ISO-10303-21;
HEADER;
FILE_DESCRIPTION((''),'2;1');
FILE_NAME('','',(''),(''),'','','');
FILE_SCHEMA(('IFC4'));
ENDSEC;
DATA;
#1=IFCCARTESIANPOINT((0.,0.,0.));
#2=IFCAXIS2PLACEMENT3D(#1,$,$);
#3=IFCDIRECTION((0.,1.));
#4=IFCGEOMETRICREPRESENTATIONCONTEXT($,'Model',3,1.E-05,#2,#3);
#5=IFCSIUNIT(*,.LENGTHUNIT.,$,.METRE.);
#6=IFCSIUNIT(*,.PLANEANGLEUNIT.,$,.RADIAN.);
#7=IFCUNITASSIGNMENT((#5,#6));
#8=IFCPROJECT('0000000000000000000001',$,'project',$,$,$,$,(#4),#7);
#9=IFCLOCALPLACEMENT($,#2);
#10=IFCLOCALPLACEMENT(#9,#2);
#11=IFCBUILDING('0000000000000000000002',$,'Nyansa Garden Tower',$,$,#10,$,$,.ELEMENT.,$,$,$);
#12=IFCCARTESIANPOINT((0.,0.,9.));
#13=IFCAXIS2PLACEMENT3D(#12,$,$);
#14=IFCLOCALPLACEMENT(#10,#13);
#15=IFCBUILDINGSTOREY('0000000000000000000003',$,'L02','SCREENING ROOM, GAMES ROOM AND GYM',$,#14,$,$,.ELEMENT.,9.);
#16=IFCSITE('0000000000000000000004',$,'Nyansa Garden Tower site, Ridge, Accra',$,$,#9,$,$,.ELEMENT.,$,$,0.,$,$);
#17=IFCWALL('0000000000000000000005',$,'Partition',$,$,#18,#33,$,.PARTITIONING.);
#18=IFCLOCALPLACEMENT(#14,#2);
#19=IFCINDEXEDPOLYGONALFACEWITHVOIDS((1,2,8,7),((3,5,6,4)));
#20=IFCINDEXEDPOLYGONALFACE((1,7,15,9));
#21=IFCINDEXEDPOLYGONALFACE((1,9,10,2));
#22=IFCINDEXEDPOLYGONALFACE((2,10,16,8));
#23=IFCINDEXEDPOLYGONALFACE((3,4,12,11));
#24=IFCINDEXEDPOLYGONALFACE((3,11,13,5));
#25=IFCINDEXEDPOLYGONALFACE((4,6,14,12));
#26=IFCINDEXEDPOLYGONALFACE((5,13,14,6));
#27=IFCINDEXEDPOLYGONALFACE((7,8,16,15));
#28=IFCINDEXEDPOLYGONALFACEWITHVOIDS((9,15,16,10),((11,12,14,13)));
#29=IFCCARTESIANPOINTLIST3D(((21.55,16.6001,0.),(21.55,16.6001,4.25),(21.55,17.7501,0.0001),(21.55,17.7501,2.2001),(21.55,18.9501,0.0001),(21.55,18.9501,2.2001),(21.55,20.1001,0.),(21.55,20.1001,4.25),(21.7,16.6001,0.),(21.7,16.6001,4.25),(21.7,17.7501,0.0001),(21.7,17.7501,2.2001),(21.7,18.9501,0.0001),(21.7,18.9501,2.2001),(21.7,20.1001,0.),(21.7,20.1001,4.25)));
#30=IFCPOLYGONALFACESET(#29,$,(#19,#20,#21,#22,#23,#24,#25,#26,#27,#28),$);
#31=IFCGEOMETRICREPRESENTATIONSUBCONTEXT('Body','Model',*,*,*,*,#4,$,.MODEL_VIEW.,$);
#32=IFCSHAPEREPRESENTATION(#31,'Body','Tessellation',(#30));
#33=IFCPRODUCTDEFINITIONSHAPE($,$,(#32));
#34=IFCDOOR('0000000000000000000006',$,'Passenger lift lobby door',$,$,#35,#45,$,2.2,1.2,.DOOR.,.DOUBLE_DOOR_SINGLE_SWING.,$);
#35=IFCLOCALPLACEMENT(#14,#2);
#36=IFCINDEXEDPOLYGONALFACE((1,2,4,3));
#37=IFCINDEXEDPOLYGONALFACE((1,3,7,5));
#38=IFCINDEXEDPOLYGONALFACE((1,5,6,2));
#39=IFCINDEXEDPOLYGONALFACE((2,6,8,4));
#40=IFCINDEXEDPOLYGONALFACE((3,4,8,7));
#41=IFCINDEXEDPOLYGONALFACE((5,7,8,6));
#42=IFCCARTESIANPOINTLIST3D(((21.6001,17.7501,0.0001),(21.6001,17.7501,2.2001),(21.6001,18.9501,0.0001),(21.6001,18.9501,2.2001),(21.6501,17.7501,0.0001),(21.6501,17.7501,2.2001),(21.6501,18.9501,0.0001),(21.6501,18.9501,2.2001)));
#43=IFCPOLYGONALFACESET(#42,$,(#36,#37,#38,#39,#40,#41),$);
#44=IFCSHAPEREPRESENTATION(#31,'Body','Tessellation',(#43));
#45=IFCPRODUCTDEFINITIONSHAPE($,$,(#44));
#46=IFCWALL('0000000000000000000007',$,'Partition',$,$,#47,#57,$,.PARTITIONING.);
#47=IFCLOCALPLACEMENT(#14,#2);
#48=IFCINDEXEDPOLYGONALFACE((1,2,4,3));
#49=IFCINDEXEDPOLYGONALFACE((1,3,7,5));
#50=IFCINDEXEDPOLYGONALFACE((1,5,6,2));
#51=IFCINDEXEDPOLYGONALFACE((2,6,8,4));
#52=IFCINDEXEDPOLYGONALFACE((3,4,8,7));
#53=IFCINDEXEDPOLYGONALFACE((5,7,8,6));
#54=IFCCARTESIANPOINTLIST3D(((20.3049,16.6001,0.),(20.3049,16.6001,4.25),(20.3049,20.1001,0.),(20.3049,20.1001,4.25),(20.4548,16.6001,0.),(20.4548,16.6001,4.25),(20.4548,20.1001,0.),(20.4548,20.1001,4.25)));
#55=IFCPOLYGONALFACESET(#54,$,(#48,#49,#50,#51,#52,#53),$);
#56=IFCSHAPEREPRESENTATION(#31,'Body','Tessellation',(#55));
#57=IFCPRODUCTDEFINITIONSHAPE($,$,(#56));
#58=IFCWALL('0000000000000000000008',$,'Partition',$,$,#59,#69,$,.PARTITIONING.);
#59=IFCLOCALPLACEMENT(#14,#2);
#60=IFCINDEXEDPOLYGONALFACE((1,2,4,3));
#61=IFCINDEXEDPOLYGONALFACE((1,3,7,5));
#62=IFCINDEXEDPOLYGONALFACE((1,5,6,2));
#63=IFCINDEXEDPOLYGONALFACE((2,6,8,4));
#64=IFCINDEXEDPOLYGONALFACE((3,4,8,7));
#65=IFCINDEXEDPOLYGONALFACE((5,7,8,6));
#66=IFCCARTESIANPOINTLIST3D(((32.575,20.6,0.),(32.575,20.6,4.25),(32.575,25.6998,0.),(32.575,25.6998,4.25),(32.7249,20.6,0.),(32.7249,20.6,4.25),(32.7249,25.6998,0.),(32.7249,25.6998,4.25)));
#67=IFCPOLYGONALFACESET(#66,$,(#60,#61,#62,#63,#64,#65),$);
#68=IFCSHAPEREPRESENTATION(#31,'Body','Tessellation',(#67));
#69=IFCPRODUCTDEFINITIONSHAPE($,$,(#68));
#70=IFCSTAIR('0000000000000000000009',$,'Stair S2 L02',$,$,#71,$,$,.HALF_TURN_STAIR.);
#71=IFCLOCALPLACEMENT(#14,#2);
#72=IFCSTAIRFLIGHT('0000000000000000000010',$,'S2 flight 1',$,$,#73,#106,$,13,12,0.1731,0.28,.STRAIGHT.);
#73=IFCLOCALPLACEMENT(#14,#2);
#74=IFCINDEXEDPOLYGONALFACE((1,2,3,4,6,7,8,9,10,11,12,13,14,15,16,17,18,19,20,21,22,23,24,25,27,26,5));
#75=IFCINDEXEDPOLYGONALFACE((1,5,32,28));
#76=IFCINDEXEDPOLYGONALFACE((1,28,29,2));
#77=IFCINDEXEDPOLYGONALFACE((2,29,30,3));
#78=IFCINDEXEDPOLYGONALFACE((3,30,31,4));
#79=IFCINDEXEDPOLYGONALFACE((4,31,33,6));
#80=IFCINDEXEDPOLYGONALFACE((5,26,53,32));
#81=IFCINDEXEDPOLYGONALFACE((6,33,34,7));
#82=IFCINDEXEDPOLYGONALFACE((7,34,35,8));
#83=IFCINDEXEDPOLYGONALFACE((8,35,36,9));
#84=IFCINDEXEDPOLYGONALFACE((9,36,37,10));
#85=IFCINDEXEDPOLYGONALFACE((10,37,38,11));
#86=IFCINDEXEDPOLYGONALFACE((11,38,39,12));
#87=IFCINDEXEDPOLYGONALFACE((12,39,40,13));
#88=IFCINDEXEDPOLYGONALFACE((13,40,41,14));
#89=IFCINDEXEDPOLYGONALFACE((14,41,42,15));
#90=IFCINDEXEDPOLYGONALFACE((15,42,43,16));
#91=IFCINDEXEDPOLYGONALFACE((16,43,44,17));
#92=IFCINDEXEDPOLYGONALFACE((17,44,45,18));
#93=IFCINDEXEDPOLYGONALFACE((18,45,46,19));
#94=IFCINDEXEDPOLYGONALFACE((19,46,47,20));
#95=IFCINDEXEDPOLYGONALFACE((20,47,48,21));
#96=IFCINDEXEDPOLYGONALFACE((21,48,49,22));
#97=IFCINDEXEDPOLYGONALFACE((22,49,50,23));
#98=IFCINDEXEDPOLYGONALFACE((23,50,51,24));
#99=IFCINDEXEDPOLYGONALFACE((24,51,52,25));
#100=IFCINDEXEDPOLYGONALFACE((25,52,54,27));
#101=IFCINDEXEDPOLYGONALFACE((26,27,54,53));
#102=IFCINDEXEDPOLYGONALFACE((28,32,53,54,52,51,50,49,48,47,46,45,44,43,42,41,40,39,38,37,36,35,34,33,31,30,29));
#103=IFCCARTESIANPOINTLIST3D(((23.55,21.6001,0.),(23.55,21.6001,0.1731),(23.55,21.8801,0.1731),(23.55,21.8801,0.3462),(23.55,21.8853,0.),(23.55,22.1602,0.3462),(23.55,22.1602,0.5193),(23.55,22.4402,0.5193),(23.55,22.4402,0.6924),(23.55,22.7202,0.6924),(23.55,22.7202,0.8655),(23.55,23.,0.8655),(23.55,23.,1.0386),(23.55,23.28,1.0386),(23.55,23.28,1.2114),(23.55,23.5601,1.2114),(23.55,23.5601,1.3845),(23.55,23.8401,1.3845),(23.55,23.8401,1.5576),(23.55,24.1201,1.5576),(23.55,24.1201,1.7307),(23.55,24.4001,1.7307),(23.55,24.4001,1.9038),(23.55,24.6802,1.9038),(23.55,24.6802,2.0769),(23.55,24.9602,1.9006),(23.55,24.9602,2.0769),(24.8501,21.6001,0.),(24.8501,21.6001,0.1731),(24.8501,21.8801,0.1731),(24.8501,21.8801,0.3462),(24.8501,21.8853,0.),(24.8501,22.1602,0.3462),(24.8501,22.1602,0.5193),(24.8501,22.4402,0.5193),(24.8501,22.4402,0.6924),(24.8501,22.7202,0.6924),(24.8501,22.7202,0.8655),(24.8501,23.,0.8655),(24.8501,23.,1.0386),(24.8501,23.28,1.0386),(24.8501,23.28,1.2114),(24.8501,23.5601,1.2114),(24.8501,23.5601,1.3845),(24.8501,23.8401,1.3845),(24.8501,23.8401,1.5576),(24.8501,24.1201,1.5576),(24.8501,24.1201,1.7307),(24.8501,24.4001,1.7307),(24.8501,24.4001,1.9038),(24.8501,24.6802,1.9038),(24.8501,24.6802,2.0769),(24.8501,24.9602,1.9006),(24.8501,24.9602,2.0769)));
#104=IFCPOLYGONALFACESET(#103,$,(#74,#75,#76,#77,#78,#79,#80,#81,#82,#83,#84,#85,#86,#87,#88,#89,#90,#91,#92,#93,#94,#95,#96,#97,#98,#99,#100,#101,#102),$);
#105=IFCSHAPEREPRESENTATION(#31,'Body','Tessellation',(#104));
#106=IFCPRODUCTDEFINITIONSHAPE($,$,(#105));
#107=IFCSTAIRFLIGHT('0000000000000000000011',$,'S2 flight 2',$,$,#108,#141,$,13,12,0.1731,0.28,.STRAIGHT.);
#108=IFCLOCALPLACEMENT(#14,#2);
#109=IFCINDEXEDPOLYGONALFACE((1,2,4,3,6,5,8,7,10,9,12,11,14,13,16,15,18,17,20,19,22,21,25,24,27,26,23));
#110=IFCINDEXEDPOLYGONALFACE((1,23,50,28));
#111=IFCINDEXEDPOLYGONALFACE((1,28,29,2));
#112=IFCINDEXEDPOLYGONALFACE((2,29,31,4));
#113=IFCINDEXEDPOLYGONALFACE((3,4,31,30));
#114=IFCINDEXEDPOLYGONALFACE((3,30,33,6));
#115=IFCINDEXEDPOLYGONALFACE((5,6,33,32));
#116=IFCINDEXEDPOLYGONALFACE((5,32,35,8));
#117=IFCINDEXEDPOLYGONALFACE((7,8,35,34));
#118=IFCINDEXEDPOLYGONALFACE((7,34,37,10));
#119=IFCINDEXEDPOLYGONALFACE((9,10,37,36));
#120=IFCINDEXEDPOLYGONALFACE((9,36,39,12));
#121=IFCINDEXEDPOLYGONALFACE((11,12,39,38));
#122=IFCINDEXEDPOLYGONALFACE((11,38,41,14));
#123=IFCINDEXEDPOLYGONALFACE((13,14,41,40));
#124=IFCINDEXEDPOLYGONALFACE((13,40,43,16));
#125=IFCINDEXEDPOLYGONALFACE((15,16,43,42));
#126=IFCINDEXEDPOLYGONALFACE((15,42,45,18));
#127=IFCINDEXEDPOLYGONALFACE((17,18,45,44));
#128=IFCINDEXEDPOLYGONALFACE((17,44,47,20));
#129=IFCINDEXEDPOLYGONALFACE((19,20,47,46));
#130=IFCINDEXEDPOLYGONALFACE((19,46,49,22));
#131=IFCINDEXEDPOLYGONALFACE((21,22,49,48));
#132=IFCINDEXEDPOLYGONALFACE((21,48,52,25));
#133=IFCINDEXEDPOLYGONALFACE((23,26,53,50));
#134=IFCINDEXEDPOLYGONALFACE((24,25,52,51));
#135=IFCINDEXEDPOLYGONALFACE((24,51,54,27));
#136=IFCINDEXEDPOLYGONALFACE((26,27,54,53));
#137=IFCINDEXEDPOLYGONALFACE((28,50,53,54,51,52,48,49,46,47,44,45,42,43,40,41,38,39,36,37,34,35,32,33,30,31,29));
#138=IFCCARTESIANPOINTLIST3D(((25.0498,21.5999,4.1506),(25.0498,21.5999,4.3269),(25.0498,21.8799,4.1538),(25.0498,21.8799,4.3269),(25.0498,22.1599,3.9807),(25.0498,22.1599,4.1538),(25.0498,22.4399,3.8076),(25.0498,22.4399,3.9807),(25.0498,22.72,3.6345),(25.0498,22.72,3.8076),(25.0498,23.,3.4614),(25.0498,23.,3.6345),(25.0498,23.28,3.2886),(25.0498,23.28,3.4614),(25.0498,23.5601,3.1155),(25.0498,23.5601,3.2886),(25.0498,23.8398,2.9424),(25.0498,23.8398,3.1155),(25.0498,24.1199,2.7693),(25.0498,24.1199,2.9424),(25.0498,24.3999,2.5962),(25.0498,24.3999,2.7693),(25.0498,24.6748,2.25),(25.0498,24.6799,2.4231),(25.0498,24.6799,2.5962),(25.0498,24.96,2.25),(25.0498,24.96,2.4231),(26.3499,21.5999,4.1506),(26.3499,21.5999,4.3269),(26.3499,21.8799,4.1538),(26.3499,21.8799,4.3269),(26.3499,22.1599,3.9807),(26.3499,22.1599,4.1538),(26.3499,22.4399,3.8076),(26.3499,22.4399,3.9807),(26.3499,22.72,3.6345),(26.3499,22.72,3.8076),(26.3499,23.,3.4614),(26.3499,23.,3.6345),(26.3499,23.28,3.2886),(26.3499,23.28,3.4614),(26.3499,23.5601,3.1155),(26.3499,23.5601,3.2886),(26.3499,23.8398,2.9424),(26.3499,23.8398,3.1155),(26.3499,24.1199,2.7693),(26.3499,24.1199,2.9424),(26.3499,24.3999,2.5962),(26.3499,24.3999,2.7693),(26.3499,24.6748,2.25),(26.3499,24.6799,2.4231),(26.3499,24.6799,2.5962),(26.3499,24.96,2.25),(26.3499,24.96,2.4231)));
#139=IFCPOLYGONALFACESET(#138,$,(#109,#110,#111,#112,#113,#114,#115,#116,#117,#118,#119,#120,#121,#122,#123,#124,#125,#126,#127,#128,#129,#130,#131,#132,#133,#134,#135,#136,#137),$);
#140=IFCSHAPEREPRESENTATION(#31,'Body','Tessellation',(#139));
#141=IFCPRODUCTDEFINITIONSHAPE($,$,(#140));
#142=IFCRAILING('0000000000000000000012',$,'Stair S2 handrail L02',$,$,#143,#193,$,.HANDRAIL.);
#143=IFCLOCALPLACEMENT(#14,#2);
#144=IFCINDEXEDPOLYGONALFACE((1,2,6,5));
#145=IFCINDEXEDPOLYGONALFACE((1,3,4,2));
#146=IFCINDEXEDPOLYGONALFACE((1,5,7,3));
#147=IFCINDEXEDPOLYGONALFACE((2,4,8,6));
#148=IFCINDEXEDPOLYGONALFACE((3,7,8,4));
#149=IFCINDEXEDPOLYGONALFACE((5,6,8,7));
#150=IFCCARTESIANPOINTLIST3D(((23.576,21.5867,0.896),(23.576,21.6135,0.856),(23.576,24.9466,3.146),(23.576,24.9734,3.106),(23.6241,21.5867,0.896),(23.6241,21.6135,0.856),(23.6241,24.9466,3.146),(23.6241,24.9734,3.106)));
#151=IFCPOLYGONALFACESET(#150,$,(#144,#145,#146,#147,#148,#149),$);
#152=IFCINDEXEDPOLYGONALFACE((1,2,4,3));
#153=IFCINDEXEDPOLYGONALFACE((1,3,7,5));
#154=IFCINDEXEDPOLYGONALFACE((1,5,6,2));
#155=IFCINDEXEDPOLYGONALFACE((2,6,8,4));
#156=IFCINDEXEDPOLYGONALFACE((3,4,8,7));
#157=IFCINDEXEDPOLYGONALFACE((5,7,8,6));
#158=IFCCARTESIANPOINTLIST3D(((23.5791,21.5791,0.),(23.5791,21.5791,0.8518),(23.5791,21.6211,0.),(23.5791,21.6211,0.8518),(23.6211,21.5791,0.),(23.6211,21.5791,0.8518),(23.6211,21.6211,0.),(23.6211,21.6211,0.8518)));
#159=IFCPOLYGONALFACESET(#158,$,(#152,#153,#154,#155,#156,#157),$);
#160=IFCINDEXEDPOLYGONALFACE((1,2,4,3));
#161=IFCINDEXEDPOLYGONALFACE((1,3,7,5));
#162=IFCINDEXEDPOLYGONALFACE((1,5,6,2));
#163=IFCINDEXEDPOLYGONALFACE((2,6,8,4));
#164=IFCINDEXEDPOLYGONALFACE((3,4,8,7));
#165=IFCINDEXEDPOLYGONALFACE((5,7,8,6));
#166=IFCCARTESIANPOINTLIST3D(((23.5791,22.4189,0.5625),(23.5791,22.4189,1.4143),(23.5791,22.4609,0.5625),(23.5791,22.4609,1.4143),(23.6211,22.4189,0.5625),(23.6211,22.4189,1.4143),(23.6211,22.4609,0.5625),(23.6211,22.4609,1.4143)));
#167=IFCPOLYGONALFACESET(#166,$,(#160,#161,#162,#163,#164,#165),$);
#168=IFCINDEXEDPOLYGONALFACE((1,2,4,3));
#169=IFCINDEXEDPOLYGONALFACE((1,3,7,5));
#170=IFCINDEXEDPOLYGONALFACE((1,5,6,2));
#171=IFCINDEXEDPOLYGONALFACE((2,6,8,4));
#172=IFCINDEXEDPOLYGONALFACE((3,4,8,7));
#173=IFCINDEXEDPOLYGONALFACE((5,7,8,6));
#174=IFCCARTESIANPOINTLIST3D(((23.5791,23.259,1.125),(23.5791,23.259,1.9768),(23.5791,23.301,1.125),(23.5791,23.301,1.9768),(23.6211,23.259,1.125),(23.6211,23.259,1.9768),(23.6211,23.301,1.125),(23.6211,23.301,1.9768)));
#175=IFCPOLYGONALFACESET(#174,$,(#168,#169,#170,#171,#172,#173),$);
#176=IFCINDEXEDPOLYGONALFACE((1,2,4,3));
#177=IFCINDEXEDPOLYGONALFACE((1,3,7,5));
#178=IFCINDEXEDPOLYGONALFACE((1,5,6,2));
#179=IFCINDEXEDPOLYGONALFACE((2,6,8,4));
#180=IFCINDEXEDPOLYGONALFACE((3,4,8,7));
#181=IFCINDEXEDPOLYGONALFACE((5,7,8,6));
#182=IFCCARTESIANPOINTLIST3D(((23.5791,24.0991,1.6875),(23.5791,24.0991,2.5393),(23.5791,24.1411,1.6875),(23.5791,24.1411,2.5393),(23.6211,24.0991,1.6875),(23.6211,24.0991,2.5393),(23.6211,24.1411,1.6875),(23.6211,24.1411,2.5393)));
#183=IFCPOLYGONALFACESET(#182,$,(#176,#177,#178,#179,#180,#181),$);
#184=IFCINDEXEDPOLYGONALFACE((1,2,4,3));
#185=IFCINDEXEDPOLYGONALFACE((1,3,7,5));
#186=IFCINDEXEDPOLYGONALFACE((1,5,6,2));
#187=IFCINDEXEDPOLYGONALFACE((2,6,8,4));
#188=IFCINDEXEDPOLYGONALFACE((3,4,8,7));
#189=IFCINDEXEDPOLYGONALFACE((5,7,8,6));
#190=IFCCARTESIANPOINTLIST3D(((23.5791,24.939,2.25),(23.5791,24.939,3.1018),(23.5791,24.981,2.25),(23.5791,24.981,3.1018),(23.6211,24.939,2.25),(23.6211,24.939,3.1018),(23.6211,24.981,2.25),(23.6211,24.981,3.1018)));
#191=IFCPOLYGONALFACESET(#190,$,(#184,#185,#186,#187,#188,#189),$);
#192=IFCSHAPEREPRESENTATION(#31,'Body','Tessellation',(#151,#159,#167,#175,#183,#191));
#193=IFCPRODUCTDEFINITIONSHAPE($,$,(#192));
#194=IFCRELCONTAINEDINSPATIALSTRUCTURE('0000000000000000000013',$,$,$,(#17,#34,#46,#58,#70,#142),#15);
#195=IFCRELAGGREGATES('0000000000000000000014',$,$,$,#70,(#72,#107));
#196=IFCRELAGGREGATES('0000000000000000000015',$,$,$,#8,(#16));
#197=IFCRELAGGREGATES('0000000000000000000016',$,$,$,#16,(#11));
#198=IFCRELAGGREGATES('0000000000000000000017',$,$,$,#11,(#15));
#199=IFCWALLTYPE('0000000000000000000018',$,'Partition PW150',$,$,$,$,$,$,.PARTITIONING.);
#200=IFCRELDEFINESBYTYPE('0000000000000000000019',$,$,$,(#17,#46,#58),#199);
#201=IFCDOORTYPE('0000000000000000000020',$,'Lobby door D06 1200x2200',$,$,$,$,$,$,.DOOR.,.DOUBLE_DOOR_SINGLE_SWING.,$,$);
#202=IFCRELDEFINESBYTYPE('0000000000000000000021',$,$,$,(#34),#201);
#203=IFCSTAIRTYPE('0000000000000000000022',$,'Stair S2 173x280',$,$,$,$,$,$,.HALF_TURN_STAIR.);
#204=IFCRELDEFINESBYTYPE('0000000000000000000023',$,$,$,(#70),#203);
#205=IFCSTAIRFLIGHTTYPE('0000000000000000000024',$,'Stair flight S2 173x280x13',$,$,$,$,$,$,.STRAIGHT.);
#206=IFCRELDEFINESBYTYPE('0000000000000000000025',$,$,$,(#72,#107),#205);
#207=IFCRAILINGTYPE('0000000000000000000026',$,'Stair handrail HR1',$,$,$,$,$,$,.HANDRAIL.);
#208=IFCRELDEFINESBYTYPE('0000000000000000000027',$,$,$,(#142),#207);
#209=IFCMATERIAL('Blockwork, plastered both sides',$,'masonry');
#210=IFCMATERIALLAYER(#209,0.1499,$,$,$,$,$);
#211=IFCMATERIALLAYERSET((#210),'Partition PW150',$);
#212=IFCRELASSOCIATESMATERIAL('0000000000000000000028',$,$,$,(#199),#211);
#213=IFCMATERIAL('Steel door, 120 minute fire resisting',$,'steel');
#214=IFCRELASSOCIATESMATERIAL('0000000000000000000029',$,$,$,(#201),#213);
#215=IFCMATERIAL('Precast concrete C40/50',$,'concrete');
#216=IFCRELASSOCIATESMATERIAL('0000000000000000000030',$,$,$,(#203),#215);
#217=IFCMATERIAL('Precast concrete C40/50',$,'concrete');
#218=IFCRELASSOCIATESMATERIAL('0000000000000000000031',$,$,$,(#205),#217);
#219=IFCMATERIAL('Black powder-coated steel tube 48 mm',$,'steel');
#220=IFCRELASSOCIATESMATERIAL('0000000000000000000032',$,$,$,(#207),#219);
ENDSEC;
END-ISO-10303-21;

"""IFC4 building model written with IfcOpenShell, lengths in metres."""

from ifc_helpers import new_model, si_unit, direction, frame, frame_2d, origin, origin_2d, place, context, subcontext, project, spatial, polyline, rectangle, outline, extrude, material, layer, layer_set, type_object, element, fill, aggregate, save


model = new_model("IFC4")

# Units and contexts
model_context = context("Model", 3, precision=1e-05, world=origin(), true_north=direction((0.0, 1.0)))
body_context = subcontext(model_context, "Body", "Model", "MODEL_VIEW")
ifc_project = project(units=[si_unit("LENGTHUNIT", "METRE"), si_unit("PLANEANGLEUNIT", "RADIAN")], contexts=[model_context])

# Site, building, storey
site_placement = place(None, origin())
site = spatial("IfcSite", under=ifc_project, at=site_placement, Name="Nyansa Garden Tower site, Ridge, Accra", CompositionType="ELEMENT", RefElevation=0.0)
building_placement = place(site_placement, origin())
building = spatial("IfcBuilding", under=site, at=building_placement, Name="Nyansa Garden Tower", CompositionType="ELEMENT")
storey_placement = place(building_placement, frame((0.0, 0.0, 9.0)))
storey = spatial("IfcBuildingStorey", under=building, at=storey_placement, Name="L02", Description="SCREENING ROOM, GAMES ROOM AND GYM", CompositionType="ELEMENT", Elevation=9.0)

# Wall, opening, door
ifc_material_1 = material(Name="Blockwork, plastered both sides", Category="masonry")
ifc_layer_1 = layer(ifc_material_1, 0.1499)
ifc_layer_set_1 = layer_set([ifc_layer_1], Name="Partition PW150")
wall_type_1 = type_object("IfcWallType", Name="Partition PW150", PredefinedType="PARTITIONING", material=ifc_layer_set_1)
wall_1_placement = place(storey_placement, frame((21.625, 16.6001, 0.0), z_axis=(0.0, 0.0, 1.0), x_axis=(0.0, 1.0, 0.0)))
wall_1 = element("IfcWall", 1, at=wall_1_placement, inside=storey, type_object=wall_type_1, Name="Partition", PredefinedType="PARTITIONING", context=body_context, shape_type="SweptSolid", body=[
    extrude(rectangle(XDim=3.5, YDim=0.1499, at=frame_2d((1.75, 0.0))), origin(), (0.0, 0.0, 1.0), 4.25),
])
opening_1_placement = place(wall_1_placement, frame((1.1499, 0.0, 0.0)))
opening_1 = element("IfcOpeningElement", 2, at=opening_1_placement, cuts=wall_1, PredefinedType="OPENING", context=body_context, shape_type="SweptSolid", body=[
    extrude(rectangle(XDim=1.2, YDim=2.2, at=frame_2d((0.6001, 1.1001))), frame((0.0, 0.085, 0.0), z_axis=(0.0, -1.0, 0.0), x_axis=(1.0, 0.0, 0.0)), (0.0, 0.0, 1.0), 0.1699),
])
ifc_material_2 = material(Name="Steel door, 120 minute fire resisting", Category="steel")
door_type_1 = type_object("IfcDoorType", Name="Lobby door D06 1200x2200", OperationType="DOUBLE_DOOR_SINGLE_SWING", PredefinedType="DOOR", material=ifc_material_2)
door_1_placement = place(opening_1_placement, origin())
door_1 = element("IfcDoor", 3, at=door_1_placement, inside=storey, type_object=door_type_1, Name="Passenger lift lobby door", OperationType="DOUBLE_DOOR_SINGLE_SWING", OverallHeight=2.2, OverallWidth=1.2, PredefinedType="DOOR", context=body_context, shape_type="SweptSolid", body=[
    extrude(rectangle(XDim=1.2, YDim=2.2, at=frame_2d((0.6001, 1.1001))), frame((0.0, 0.0249, 0.0), z_axis=(0.0, -1.0, 0.0), x_axis=(1.0, 0.0, 0.0)), (0.0, 0.0, 1.0), 0.05),
])
fill(opening_1, door_1)

# Walls
wall_2_placement = place(storey_placement, frame((20.3799, 16.6001, 0.0), z_axis=(0.0, 0.0, 1.0), x_axis=(0.0, 1.0, 0.0)))
element("IfcWall", 4, at=wall_2_placement, inside=storey, type_object=wall_type_1, Name="Partition", PredefinedType="PARTITIONING", context=body_context, shape_type="SweptSolid", body=[
    extrude(rectangle(XDim=3.5, YDim=0.1499, at=frame_2d((1.75, 0.0))), origin(), (0.0, 0.0, 1.0), 4.25),
])
wall_3_placement = place(storey_placement, frame((32.6499, 20.6001, 0.0), z_axis=(0.0, 0.0, 1.0), x_axis=(0.0, 1.0, 0.0)))
element("IfcWall", 5, at=wall_3_placement, inside=storey, type_object=wall_type_1, Name="Partition", PredefinedType="PARTITIONING", context=body_context, shape_type="SweptSolid", body=[
    extrude(rectangle(XDim=5.0999, YDim=0.1499, at=frame_2d((2.5498, 0.0))), origin(), (0.0, 0.0, 1.0), 4.25),
])

# Stair, stair flights
ifc_material_3 = material(Name="Precast concrete C40/50", Category="concrete")
stair_type = type_object("IfcStairType", Name="Stair S2 173x280", PredefinedType="HALF_TURN_STAIR", material=ifc_material_3)
stair_placement = place(storey_placement, origin())
stair = element("IfcStair", 6, at=stair_placement, inside=storey, type_object=stair_type, Name="Stair S2 L02", PredefinedType="HALF_TURN_STAIR")
ifc_material_4 = material(Name="Precast concrete C40/50", Category="concrete")
stair_flight_type = type_object("IfcStairFlightType", Name="Stair flight S2 173x280x13", PredefinedType="STRAIGHT", material=ifc_material_4)
stair_flight_1_placement = place(storey_placement, frame((24.2, 21.6001, 0.0), z_axis=(0.0, 0.0, 1.0), x_axis=(0.0, 1.0, 0.0)))
stair_flight_1 = element("IfcStairFlight", 7, at=stair_flight_1_placement, type_object=stair_flight_type, Name="S2 flight 1", NumberOfRisers=13, NumberOfTreads=12, PredefinedType="STRAIGHT", RiserHeight=0.1731, TreadLength=0.28, context=body_context, shape_type="SweptSolid", body=[
    extrude(outline(polyline([(0.0, 0.0), (0.0, 0.1731), (0.28, 0.1731), (0.28, 0.3462), (0.5601, 0.3462), (0.5601, 0.5193), (0.8401, 0.5193), (0.8401, 0.6924), (1.1201, 0.6924), (1.1201, 0.8655), (1.3999, 0.8655), (1.3999, 1.0386), (1.6799, 1.0386), (1.6799, 1.2114), (1.96, 1.2114), (1.96, 1.3845), (2.24, 1.3845), (2.24, 1.5576), (2.52, 1.5576), (2.52, 1.7307), (2.8, 1.7307), (2.8, 1.9038), (3.0801, 1.9038), (3.0801, 2.0769), (3.3601, 2.0769), (3.3601, 2.25), (3.3601, 1.9006), (0.2852, 0.0), (0.0, 0.0)])), frame((0.0, 0.6499, 0.0), z_axis=(0.0, -1.0, 0.0), x_axis=(1.0, 0.0, 0.0)), (0.0, 0.0, 1.0), 1.3),
])
stair_flight_2_placement = place(storey_placement, frame((25.7, 24.96, 2.25), z_axis=(0.0, 0.0, 1.0), x_axis=(0.0, -1.0, 0.0)))
stair_flight_2 = element("IfcStairFlight", 8, at=stair_flight_2_placement, type_object=stair_flight_type, Name="S2 flight 2", NumberOfRisers=13, NumberOfTreads=12, PredefinedType="STRAIGHT", RiserHeight=0.1731, TreadLength=0.28, context=body_context, shape_type="SweptSolid", body=[
    extrude(outline(polyline([(0.0, 0.0), (0.0, 0.1731), (0.28, 0.1731), (0.28, 0.3462), (0.5601, 0.3462), (0.5601, 0.5193), (0.8401, 0.5193), (0.8401, 0.6924), (1.1201, 0.6924), (1.1201, 0.8655), (1.3999, 0.8655), (1.3999, 1.0386), (1.6799, 1.0386), (1.6799, 1.2114), (1.96, 1.2114), (1.96, 1.3845), (2.24, 1.3845), (2.24, 1.5576), (2.52, 1.5576), (2.52, 1.7307), (2.8, 1.7307), (2.8, 1.9038), (3.0801, 1.9038), (3.0801, 2.0769), (3.3601, 2.0769), (3.3601, 2.25), (3.3601, 1.9006), (0.2852, 0.0), (0.0, 0.0)])), frame((0.0, 0.6499, 0.0), z_axis=(0.0, -1.0, 0.0), x_axis=(1.0, 0.0, 0.0)), (0.0, 0.0, 1.0), 1.3),
])
aggregate(stair, [stair_flight_1, stair_flight_2])

# Railing
ifc_material_5 = material(Name="Black powder-coated steel tube 48 mm", Category="steel")
railing_type = type_object("IfcRailingType", Name="Stair handrail HR1", PredefinedType="HANDRAIL", material=ifc_material_5)
railing_1_placement = place(storey_placement, frame((23.6001, 21.6001, 0.0)))
element("IfcRailing", 9, at=railing_1_placement, inside=storey, type_object=railing_type, Name="Stair S2 handrail L02", PredefinedType="HANDRAIL", context=body_context, shape_type="SweptSolid", body=[
    extrude(rectangle(XDim=0.0481, YDim=0.0481, at=origin_2d()), frame((0.0, 0.0, 0.876), z_axis=(0.0, 0.830897, 0.556427), x_axis=(-1.0, 0.0, 0.0)), (0.0, 0.0, 1.0), 4.0437),
    extrude(rectangle(XDim=0.042, YDim=0.042, at=origin_2d()), origin(), (0.0, 0.0, 1.0), 0.8518),
    extrude(rectangle(XDim=0.042, YDim=0.042, at=origin_2d()), frame((0.0, 0.8398, 0.5625)), (0.0, 0.0, 1.0), 0.8518),
    extrude(rectangle(XDim=0.042, YDim=0.042, at=origin_2d()), frame((0.0, 1.6799, 1.125)), (0.0, 0.0, 1.0), 0.8518),
    extrude(rectangle(XDim=0.042, YDim=0.042, at=origin_2d()), frame((0.0, 2.52, 1.6875)), (0.0, 0.0, 1.0), 0.8518),
    extrude(rectangle(XDim=0.042, YDim=0.042, at=origin_2d()), frame((0.0, 3.3599, 2.25)), (0.0, 0.0, 1.0), 0.8518),
])

save(model, "model.ifc")
